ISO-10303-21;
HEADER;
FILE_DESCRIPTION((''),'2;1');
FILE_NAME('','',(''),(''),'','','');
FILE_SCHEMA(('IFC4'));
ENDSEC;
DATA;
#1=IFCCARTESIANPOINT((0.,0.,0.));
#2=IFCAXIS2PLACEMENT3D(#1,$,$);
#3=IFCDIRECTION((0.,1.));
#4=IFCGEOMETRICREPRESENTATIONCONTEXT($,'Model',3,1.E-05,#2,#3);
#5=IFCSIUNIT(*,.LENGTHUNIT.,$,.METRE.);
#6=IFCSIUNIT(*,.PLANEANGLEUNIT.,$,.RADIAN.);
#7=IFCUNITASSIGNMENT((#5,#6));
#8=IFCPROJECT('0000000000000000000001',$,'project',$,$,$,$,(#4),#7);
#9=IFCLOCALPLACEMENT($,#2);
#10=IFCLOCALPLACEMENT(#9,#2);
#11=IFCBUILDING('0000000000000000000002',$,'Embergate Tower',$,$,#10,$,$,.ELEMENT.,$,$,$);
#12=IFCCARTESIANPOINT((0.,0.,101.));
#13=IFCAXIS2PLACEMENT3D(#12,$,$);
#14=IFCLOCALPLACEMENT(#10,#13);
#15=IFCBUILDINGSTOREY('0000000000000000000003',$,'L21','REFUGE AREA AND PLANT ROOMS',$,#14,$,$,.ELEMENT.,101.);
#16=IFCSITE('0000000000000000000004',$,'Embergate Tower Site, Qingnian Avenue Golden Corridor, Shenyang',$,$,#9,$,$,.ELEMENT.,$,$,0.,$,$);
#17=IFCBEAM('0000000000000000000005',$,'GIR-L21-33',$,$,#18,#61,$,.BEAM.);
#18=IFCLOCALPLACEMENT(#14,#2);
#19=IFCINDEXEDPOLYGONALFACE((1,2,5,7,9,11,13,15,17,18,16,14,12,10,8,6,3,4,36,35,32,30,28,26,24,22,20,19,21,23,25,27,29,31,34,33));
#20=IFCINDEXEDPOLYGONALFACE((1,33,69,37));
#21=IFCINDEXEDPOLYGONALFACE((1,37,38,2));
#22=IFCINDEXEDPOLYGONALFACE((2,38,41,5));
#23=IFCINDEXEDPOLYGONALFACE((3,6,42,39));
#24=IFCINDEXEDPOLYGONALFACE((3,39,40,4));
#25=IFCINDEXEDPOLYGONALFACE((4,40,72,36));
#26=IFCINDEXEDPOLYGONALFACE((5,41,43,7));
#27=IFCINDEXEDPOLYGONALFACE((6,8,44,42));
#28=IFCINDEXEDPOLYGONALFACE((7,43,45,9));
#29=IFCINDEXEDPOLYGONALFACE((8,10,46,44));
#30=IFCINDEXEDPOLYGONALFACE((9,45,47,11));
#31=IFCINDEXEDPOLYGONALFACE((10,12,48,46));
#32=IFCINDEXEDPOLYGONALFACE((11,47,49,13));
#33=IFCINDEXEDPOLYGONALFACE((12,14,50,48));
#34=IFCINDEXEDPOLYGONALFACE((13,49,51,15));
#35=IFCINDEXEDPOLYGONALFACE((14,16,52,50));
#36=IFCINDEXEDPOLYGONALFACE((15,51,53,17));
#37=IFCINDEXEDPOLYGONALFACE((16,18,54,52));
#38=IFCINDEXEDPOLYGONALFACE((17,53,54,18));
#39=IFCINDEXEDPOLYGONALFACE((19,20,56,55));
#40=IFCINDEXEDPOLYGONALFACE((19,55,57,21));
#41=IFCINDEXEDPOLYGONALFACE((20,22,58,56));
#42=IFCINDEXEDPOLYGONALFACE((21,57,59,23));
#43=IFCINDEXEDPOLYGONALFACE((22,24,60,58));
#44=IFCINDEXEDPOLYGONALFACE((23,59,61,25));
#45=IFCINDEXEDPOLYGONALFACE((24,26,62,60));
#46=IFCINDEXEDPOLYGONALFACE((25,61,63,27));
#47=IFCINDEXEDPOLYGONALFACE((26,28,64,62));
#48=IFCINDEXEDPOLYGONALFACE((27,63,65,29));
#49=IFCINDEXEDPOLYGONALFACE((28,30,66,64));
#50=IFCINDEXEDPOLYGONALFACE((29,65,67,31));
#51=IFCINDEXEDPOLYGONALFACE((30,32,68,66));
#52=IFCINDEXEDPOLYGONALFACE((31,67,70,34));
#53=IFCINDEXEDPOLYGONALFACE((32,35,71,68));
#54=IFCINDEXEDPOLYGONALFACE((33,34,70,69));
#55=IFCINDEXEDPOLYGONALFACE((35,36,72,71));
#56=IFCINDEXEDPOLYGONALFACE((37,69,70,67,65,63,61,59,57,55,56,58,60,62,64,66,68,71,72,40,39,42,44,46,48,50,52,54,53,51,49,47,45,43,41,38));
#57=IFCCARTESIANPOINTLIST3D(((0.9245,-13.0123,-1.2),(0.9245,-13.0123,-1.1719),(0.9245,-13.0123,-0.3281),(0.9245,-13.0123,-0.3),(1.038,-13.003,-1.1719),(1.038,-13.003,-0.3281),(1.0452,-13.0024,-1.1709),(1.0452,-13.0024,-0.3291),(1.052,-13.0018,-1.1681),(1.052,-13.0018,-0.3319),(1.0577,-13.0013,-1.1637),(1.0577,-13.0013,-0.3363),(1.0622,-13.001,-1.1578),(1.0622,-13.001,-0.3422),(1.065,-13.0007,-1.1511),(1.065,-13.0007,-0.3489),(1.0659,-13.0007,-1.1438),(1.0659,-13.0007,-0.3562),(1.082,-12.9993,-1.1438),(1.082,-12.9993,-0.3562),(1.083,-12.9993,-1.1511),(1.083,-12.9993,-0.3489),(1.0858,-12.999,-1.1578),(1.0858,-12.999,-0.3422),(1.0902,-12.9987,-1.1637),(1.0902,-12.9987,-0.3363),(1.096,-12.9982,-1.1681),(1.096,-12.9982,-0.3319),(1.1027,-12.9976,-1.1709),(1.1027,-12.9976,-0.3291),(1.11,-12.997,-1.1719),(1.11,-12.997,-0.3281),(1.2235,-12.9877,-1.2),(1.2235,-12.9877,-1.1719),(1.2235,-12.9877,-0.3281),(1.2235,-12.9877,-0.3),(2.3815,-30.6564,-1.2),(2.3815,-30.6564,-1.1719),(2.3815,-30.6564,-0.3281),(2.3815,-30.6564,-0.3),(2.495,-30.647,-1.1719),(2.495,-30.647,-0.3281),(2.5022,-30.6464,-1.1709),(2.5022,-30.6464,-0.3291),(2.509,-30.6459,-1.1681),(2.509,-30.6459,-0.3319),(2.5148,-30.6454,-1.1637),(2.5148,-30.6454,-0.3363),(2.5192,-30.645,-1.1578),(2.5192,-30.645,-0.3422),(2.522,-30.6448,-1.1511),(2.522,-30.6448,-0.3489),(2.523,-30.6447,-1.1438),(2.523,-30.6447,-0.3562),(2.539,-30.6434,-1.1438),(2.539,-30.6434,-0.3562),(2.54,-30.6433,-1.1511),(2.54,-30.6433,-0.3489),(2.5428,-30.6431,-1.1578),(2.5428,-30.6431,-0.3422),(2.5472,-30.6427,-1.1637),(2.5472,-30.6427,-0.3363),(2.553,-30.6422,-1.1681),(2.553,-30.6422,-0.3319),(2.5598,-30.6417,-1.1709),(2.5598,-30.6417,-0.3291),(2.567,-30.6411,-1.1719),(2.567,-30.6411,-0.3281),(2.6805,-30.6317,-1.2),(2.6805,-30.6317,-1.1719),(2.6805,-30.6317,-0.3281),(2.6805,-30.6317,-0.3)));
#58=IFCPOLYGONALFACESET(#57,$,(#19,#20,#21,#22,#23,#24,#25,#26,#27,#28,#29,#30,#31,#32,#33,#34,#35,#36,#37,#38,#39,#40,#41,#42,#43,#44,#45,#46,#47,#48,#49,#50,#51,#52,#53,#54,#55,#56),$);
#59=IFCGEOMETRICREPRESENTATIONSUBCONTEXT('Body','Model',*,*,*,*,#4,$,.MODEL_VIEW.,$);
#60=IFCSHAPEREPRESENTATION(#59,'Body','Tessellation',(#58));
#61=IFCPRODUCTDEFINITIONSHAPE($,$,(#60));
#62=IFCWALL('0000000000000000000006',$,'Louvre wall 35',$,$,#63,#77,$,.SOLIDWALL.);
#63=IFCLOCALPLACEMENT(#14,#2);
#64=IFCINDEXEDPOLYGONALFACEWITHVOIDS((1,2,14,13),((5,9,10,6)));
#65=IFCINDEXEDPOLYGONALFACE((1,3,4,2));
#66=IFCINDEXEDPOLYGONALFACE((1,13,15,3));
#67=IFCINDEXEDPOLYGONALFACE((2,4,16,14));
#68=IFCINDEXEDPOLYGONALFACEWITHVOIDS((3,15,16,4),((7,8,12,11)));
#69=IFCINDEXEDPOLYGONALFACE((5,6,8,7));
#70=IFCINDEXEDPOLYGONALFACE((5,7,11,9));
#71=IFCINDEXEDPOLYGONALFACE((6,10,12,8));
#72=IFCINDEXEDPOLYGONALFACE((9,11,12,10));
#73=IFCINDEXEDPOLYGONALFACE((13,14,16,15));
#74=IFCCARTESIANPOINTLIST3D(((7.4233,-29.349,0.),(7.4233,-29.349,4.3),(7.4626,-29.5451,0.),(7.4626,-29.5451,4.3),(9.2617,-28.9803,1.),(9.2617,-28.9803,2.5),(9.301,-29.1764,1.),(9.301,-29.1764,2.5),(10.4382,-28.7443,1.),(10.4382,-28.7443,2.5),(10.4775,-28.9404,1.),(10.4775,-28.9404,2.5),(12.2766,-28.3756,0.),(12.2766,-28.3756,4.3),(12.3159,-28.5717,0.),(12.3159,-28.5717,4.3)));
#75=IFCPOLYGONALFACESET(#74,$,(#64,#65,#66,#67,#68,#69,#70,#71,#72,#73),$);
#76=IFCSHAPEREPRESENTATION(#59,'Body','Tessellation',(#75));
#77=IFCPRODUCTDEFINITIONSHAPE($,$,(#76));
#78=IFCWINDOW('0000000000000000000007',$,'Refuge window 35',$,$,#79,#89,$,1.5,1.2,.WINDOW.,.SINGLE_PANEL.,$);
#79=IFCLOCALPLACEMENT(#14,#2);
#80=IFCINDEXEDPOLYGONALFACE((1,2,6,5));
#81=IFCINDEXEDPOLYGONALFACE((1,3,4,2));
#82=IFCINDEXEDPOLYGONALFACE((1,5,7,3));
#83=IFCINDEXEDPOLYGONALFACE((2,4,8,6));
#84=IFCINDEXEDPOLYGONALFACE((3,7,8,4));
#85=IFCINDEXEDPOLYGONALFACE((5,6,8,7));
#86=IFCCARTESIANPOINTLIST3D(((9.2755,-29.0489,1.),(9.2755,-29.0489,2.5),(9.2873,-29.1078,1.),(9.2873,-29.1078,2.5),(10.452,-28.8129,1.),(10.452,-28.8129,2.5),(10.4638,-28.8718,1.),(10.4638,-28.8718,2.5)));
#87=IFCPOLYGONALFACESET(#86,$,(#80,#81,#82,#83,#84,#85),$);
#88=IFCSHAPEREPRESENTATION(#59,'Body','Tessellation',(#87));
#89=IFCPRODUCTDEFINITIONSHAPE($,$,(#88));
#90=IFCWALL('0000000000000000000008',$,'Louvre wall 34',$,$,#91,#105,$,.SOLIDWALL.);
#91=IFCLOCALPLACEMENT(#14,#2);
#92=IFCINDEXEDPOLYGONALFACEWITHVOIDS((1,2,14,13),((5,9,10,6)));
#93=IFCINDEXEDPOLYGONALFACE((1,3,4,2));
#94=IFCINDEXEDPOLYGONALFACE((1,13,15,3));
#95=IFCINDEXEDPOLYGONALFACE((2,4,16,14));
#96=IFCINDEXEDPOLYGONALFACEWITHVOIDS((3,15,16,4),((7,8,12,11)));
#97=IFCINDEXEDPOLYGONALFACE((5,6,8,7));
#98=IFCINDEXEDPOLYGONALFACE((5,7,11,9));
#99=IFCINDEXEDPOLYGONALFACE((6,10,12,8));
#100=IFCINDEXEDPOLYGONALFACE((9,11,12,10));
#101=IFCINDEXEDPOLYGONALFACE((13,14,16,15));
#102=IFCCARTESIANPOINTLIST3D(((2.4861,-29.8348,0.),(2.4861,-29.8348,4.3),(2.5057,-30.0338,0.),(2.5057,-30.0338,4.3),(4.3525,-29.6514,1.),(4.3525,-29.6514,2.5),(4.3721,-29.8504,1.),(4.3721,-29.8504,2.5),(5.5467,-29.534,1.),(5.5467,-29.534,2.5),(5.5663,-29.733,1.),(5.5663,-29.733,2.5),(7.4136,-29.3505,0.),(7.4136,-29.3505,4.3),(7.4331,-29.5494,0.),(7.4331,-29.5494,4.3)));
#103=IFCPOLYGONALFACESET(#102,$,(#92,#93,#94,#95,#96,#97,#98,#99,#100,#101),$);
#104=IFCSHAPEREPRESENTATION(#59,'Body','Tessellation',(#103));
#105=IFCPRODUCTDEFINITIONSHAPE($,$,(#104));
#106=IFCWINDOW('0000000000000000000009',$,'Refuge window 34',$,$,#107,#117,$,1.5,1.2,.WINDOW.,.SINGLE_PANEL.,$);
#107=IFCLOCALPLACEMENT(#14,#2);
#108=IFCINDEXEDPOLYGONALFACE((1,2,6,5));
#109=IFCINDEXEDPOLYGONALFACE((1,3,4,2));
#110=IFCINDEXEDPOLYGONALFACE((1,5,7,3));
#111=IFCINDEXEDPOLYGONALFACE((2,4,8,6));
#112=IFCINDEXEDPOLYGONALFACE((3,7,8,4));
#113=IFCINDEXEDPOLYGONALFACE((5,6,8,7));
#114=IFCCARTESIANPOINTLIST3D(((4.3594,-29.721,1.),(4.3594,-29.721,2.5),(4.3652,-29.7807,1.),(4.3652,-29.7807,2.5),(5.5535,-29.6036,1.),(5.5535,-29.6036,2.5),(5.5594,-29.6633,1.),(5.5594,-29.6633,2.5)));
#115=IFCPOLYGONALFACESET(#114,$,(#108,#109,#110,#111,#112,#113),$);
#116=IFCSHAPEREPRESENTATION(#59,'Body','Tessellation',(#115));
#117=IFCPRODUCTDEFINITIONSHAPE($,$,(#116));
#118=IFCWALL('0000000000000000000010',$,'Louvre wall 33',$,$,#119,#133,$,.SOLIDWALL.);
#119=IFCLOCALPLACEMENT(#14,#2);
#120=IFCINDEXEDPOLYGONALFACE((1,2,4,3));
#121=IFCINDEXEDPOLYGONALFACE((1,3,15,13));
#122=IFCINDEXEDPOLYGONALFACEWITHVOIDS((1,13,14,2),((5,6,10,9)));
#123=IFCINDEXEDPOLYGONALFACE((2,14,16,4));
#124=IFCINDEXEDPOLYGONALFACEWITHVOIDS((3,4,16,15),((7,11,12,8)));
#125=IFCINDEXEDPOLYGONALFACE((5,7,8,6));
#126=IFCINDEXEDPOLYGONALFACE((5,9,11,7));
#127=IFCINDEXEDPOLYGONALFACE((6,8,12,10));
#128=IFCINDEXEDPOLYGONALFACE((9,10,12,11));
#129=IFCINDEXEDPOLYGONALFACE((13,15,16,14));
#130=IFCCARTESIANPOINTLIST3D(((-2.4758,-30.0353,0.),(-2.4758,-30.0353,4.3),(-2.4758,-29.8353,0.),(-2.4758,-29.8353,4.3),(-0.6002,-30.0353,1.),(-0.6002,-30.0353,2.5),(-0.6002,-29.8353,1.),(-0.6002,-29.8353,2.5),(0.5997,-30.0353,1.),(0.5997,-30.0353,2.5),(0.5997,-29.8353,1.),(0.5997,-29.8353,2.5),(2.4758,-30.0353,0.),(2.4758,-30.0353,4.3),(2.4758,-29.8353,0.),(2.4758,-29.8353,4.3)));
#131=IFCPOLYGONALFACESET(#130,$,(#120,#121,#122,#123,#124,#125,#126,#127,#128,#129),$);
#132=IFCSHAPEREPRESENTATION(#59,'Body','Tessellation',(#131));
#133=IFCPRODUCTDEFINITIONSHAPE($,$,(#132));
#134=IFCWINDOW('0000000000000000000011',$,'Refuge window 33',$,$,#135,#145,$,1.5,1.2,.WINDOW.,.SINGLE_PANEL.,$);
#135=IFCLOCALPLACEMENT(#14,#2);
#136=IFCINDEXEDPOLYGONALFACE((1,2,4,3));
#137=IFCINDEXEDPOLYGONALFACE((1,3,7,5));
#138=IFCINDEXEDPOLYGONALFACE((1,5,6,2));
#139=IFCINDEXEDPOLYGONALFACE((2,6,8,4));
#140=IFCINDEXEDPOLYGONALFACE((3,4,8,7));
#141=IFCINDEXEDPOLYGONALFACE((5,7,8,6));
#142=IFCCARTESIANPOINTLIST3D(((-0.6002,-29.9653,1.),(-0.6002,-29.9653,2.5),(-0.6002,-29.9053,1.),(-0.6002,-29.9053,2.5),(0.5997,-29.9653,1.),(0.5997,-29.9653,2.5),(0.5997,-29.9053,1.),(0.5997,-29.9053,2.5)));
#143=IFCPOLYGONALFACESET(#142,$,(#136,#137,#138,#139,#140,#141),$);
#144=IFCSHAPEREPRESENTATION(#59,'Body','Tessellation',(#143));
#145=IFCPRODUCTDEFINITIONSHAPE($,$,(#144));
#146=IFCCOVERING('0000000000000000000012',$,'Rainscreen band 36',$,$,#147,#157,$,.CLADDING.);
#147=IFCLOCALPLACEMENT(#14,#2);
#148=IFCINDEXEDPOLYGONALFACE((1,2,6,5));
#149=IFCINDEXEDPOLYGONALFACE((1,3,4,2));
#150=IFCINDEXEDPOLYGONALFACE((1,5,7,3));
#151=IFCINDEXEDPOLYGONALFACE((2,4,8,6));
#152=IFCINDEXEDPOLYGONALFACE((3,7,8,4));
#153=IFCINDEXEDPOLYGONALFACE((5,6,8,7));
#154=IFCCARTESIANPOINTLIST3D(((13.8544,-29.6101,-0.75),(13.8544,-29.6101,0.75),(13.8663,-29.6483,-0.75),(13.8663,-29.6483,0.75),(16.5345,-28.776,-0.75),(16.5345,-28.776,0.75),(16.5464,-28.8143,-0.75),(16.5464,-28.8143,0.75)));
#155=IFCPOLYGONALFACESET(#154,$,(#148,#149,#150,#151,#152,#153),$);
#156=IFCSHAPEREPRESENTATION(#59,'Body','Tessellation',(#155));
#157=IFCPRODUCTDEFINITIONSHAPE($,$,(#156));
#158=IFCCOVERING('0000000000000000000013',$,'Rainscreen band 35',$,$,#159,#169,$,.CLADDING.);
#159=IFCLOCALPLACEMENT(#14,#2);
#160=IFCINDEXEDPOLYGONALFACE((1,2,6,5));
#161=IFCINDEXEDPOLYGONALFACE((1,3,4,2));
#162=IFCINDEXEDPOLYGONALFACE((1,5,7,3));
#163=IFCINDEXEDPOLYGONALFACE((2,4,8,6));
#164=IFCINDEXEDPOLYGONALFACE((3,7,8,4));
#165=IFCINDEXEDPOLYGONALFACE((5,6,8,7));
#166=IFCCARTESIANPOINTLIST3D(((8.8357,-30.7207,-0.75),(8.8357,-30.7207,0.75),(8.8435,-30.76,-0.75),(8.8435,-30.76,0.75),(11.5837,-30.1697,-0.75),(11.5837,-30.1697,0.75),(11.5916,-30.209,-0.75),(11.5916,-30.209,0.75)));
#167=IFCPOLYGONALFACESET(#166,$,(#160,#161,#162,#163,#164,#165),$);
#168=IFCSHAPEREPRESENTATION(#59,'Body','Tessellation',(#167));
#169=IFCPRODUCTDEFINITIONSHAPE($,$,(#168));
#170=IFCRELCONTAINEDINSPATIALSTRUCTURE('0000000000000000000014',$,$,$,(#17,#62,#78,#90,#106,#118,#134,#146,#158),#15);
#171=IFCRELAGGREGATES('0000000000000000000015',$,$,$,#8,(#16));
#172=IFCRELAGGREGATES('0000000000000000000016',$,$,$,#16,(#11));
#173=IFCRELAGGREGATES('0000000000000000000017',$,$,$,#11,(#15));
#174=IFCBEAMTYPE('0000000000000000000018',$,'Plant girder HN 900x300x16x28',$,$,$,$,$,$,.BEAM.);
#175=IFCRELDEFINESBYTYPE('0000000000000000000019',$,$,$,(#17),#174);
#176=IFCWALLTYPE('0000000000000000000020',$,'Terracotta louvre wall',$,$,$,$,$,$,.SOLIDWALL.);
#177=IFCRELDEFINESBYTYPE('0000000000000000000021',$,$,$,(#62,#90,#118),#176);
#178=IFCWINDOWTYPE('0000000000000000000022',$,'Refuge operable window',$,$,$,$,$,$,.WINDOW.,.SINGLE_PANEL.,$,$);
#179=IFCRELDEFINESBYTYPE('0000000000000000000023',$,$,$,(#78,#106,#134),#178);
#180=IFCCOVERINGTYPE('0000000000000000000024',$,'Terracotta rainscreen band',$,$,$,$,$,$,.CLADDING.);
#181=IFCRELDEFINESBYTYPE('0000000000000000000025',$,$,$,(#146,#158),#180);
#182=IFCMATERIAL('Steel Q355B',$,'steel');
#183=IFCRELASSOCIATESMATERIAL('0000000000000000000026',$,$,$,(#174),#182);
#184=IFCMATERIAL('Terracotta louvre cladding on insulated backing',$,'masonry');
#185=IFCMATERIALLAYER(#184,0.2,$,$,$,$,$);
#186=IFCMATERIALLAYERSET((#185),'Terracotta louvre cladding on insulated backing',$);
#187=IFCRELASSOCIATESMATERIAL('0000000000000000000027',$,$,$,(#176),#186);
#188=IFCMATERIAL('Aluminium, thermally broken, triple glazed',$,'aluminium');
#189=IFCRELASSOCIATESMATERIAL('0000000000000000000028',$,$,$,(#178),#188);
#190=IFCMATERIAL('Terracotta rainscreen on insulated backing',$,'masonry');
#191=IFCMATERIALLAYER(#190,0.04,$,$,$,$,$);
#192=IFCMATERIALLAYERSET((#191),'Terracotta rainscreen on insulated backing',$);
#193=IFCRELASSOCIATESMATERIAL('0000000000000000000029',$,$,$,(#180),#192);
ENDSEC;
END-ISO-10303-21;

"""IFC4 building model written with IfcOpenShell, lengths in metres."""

from ifc_helpers import new_model, si_unit, direction, frame, frame_2d, origin, origin_2d, place, context, subcontext, project, spatial, rectangle, i_section, extrude, source, transform, mapped, material, layer, layer_set, material_profile, profile_set, type_object, element, fill, save


model = new_model("IFC4")

# Units and contexts
model_context = context("Model", 3, precision=1e-05, world=origin(), true_north=direction((0.0, 1.0)))
body_context = subcontext(model_context, "Body", "Model", "MODEL_VIEW")
ifc_project = project(units=[si_unit("LENGTHUNIT", "METRE"), si_unit("PLANEANGLEUNIT", "RADIAN")], contexts=[model_context])

# Site, building, storey
site_placement = place(None, origin())
site = spatial("IfcSite", under=ifc_project, at=site_placement, Name="Embergate Tower Site, Qingnian Avenue Golden Corridor, Shenyang", CompositionType="ELEMENT", RefElevation=0.0)
building_placement = place(site_placement, origin())
building = spatial("IfcBuilding", under=site, at=building_placement, Name="Embergate Tower", CompositionType="ELEMENT")
storey_placement = place(building_placement, frame((0.0, 0.0, 101.0)))
storey = spatial("IfcBuildingStorey", under=building, at=storey_placement, Name="L21", Description="REFUGE AREA AND PLANT ROOMS", CompositionType="ELEMENT", Elevation=101.0)

# Beam
ifc_material_1 = material(Name="Steel Q355B", Category="steel")
ifc_material_profile_1 = material_profile(ifc_material_1, i_section(OverallWidth=0.3, OverallDepth=0.8999, WebThickness=0.0161, FlangeThickness=0.0281, FilletRadius=0.0281, at=origin_2d()), Name="HN 900x300x16x28")
ifc_profile_set_1 = profile_set([ifc_material_profile_1], Name="Steel Q355 grade B")
beam_type_1 = type_object("IfcBeamType", Name="Plant girder HN 900x300x16x28", PredefinedType="BEAM", material=ifc_profile_set_1)
shared_shape_1 = source(origin(), body_context, "Body", "SweptSolid", [
    extrude(i_section(OverallWidth=0.3, OverallDepth=0.8999, WebThickness=0.0161, FlangeThickness=0.0281, FilletRadius=0.0281, at=origin_2d()), origin(), (0.0, 0.0, 1.0), 17.7041),
])
beam_1_placement = place(storey_placement, frame((2.531, -30.644, -0.75), z_axis=(-0.082299, 0.996608, 0.0), x_axis=(-0.996608, -0.082299, 0.0)))
element("IfcBeam", 1, at=beam_1_placement, inside=storey, type_object=beam_type_1, Name="GIR-L21-33", PredefinedType="BEAM", context=body_context, shape_type="MappedRepresentation", body=[
    mapped(shared_shape_1, transform((0.0, 0.0, 0.0))),
])

# Walls, openings, windows
ifc_material_2 = material(Name="Terracotta louvre cladding on insulated backing", Category="masonry")
ifc_layer_1 = layer(ifc_material_2, 0.2)
ifc_layer_set_1 = layer_set([ifc_layer_1], Name="Terracotta louvre cladding on insulated backing")
wall_type = type_object("IfcWallType", Name="Terracotta louvre wall", PredefinedType="SOLIDWALL", material=ifc_layer_set_1)
shared_shape_2 = source(origin(), body_context, "Body", "SweptSolid", [
    extrude(rectangle(XDim=4.95, YDim=0.2, at=frame_2d((2.4751, 0.0))), origin(), (0.0, 0.0, 1.0), 4.3),
])
wall_1_placement = place(storey_placement, frame((12.2964, -28.4736, 0.0), z_axis=(0.0, 0.0, 1.0), x_axis=(-0.980474, -0.196647, 0.0)))
wall_1 = element("IfcWall", 2, at=wall_1_placement, inside=storey, type_object=wall_type, Name="Louvre wall 35", PredefinedType="SOLIDWALL", context=body_context, shape_type="MappedRepresentation", body=[
    mapped(shared_shape_2, transform((0.0, 0.0, 0.0))),
])
shared_shape_3 = source(origin(), body_context, "Body", "SweptSolid", [
    extrude(rectangle(XDim=1.2, YDim=1.5, at=frame_2d((0.6001, 0.75))), frame((0.0, 0.1099, 0.0), z_axis=(0.0, -1.0, 0.0), x_axis=(1.0, 0.0, 0.0)), (0.0, 0.0, 1.0), 0.22),
])
opening_1_placement = place(wall_1_placement, frame((1.875, 0.0, 1.0)))
opening_1 = element("IfcOpeningElement", 3, at=opening_1_placement, cuts=wall_1, PredefinedType="OPENING", context=body_context, shape_type="MappedRepresentation", body=[
    mapped(shared_shape_3, transform((0.0, 0.0, 0.0))),
])
ifc_material_3 = material(Name="Aluminium, thermally broken, triple glazed", Category="aluminium")
window_type = type_object("IfcWindowType", Name="Refuge operable window", PartitioningType="SINGLE_PANEL", PredefinedType="WINDOW", material=ifc_material_3)
shared_shape_4 = source(origin(), body_context, "Body", "SweptSolid", [
    extrude(rectangle(XDim=1.2, YDim=1.5, at=frame_2d((0.6001, 0.75))), frame((0.0, 0.03, 0.0), z_axis=(0.0, -1.0, 0.0), x_axis=(1.0, 0.0, 0.0)), (0.0, 0.0, 1.0), 0.0601),
])
window_1_placement = place(opening_1_placement, origin())
window_1 = element("IfcWindow", 4, at=window_1_placement, inside=storey, type_object=window_type, Name="Refuge window 35", OverallHeight=1.5, OverallWidth=1.2, PartitioningType="SINGLE_PANEL", PredefinedType="WINDOW", context=body_context, shape_type="MappedRepresentation", body=[
    mapped(shared_shape_4, transform((0.0, 0.0, 0.0))),
])
fill(opening_1, window_1)
shared_shape_5 = source(origin(), body_context, "Body", "SweptSolid", [
    extrude(rectangle(XDim=4.9512, YDim=0.2, at=frame_2d((2.4756, 0.0))), origin(), (0.0, 0.0, 1.0), 4.3),
])
wall_2_placement = place(storey_placement, frame((7.4233, -29.45, 0.0), z_axis=(0.0, 0.0, 1.0), x_axis=(-0.995203, -0.097829, 0.0)))
wall_2 = element("IfcWall", 5, at=wall_2_placement, inside=storey, type_object=wall_type, Name="Louvre wall 34", PredefinedType="SOLIDWALL", context=body_context, shape_type="MappedRepresentation", body=[
    mapped(shared_shape_5, transform((0.0, 0.0, 0.0))),
])
opening_2_placement = place(wall_2_placement, frame((1.8757, 0.0, 1.0)))
opening_2 = element("IfcOpeningElement", 6, at=opening_2_placement, cuts=wall_2, PredefinedType="OPENING", context=body_context, shape_type="MappedRepresentation", body=[
    mapped(shared_shape_3, transform((0.0, 0.0, 0.0))),
])
window_2_placement = place(opening_2_placement, origin())
window_2 = element("IfcWindow", 7, at=window_2_placement, inside=storey, type_object=window_type, Name="Refuge window 34", OverallHeight=1.5, OverallWidth=1.2, PartitioningType="SINGLE_PANEL", PredefinedType="WINDOW", context=body_context, shape_type="MappedRepresentation", body=[
    mapped(shared_shape_4, transform((0.0, 0.0, 0.0))),
])
fill(opening_2, window_2)
shared_shape_6 = source(origin(), body_context, "Body", "SweptSolid", [
    extrude(rectangle(XDim=4.9517, YDim=0.2, at=frame_2d((2.4758, 0.0))), origin(), (0.0, 0.0, 1.0), 4.3),
])
wall_3_placement = place(storey_placement, frame((2.4758, -29.9353, 0.0), z_axis=(0.0, 0.0, 1.0), x_axis=(-1.0, 0.0, 0.0)))
wall_3 = element("IfcWall", 8, at=wall_3_placement, inside=storey, type_object=wall_type, Name="Louvre wall 33", PredefinedType="SOLIDWALL", context=body_context, shape_type="MappedRepresentation", body=[
    mapped(shared_shape_6, transform((0.0, 0.0, 0.0))),
])
opening_3_placement = place(wall_3_placement, frame((1.876, 0.0, 1.0)))
opening_3 = element("IfcOpeningElement", 9, at=opening_3_placement, cuts=wall_3, PredefinedType="OPENING", context=body_context, shape_type="MappedRepresentation", body=[
    mapped(shared_shape_3, transform((0.0, 0.0, 0.0))),
])
window_3_placement = place(opening_3_placement, origin())
window_3 = element("IfcWindow", 10, at=window_3_placement, inside=storey, type_object=window_type, Name="Refuge window 33", OverallHeight=1.5, OverallWidth=1.2, PartitioningType="SINGLE_PANEL", PredefinedType="WINDOW", context=body_context, shape_type="MappedRepresentation", body=[
    mapped(shared_shape_4, transform((0.0, 0.0, 0.0))),
])
fill(opening_3, window_3)

# Coverings
ifc_material_4 = material(Name="Terracotta rainscreen on insulated backing", Category="masonry")
ifc_layer_2 = layer(ifc_material_4, 0.04)
ifc_layer_set_2 = layer_set([ifc_layer_2], Name="Terracotta rainscreen on insulated backing")
covering_type = type_object("IfcCoveringType", Name="Terracotta rainscreen band", PredefinedType="CLADDING", material=ifc_layer_set_2)
shared_shape_7 = source(origin(), body_context, "Body", "SweptSolid", [
    extrude(rectangle(XDim=2.8069, YDim=0.04, at=origin_2d()), origin(), (0.0, 0.0, 1.0), 1.5),
])
covering_1_placement = place(storey_placement, frame((15.2004, -29.2122, -0.75), z_axis=(0.0, 0.0, 1.0), x_axis=(0.954834, 0.297138, 0.0)))
element("IfcCovering", 11, at=covering_1_placement, inside=storey, type_object=covering_type, Name="Rainscreen band 36", PredefinedType="CLADDING", context=body_context, shape_type="MappedRepresentation", body=[
    mapped(shared_shape_7, transform((0.0, 0.0, 0.0))),
])
shared_shape_8 = source(origin(), body_context, "Body", "SweptSolid", [
    extrude(rectangle(XDim=2.8027, YDim=0.04, at=origin_2d()), origin(), (0.0, 0.0, 1.0), 1.5),
])
covering_2_placement = place(storey_placement, frame((10.2136, -30.4648, -0.75), z_axis=(0.0, 0.0, 1.0), x_axis=(0.980484, 0.196596, 0.0)))
element("IfcCovering", 12, at=covering_2_placement, inside=storey, type_object=covering_type, Name="Rainscreen band 35", PredefinedType="CLADDING", context=body_context, shape_type="MappedRepresentation", body=[
    mapped(shared_shape_8, transform((0.0, 0.0, 0.0))),
])

save(model, "model.ifc")
